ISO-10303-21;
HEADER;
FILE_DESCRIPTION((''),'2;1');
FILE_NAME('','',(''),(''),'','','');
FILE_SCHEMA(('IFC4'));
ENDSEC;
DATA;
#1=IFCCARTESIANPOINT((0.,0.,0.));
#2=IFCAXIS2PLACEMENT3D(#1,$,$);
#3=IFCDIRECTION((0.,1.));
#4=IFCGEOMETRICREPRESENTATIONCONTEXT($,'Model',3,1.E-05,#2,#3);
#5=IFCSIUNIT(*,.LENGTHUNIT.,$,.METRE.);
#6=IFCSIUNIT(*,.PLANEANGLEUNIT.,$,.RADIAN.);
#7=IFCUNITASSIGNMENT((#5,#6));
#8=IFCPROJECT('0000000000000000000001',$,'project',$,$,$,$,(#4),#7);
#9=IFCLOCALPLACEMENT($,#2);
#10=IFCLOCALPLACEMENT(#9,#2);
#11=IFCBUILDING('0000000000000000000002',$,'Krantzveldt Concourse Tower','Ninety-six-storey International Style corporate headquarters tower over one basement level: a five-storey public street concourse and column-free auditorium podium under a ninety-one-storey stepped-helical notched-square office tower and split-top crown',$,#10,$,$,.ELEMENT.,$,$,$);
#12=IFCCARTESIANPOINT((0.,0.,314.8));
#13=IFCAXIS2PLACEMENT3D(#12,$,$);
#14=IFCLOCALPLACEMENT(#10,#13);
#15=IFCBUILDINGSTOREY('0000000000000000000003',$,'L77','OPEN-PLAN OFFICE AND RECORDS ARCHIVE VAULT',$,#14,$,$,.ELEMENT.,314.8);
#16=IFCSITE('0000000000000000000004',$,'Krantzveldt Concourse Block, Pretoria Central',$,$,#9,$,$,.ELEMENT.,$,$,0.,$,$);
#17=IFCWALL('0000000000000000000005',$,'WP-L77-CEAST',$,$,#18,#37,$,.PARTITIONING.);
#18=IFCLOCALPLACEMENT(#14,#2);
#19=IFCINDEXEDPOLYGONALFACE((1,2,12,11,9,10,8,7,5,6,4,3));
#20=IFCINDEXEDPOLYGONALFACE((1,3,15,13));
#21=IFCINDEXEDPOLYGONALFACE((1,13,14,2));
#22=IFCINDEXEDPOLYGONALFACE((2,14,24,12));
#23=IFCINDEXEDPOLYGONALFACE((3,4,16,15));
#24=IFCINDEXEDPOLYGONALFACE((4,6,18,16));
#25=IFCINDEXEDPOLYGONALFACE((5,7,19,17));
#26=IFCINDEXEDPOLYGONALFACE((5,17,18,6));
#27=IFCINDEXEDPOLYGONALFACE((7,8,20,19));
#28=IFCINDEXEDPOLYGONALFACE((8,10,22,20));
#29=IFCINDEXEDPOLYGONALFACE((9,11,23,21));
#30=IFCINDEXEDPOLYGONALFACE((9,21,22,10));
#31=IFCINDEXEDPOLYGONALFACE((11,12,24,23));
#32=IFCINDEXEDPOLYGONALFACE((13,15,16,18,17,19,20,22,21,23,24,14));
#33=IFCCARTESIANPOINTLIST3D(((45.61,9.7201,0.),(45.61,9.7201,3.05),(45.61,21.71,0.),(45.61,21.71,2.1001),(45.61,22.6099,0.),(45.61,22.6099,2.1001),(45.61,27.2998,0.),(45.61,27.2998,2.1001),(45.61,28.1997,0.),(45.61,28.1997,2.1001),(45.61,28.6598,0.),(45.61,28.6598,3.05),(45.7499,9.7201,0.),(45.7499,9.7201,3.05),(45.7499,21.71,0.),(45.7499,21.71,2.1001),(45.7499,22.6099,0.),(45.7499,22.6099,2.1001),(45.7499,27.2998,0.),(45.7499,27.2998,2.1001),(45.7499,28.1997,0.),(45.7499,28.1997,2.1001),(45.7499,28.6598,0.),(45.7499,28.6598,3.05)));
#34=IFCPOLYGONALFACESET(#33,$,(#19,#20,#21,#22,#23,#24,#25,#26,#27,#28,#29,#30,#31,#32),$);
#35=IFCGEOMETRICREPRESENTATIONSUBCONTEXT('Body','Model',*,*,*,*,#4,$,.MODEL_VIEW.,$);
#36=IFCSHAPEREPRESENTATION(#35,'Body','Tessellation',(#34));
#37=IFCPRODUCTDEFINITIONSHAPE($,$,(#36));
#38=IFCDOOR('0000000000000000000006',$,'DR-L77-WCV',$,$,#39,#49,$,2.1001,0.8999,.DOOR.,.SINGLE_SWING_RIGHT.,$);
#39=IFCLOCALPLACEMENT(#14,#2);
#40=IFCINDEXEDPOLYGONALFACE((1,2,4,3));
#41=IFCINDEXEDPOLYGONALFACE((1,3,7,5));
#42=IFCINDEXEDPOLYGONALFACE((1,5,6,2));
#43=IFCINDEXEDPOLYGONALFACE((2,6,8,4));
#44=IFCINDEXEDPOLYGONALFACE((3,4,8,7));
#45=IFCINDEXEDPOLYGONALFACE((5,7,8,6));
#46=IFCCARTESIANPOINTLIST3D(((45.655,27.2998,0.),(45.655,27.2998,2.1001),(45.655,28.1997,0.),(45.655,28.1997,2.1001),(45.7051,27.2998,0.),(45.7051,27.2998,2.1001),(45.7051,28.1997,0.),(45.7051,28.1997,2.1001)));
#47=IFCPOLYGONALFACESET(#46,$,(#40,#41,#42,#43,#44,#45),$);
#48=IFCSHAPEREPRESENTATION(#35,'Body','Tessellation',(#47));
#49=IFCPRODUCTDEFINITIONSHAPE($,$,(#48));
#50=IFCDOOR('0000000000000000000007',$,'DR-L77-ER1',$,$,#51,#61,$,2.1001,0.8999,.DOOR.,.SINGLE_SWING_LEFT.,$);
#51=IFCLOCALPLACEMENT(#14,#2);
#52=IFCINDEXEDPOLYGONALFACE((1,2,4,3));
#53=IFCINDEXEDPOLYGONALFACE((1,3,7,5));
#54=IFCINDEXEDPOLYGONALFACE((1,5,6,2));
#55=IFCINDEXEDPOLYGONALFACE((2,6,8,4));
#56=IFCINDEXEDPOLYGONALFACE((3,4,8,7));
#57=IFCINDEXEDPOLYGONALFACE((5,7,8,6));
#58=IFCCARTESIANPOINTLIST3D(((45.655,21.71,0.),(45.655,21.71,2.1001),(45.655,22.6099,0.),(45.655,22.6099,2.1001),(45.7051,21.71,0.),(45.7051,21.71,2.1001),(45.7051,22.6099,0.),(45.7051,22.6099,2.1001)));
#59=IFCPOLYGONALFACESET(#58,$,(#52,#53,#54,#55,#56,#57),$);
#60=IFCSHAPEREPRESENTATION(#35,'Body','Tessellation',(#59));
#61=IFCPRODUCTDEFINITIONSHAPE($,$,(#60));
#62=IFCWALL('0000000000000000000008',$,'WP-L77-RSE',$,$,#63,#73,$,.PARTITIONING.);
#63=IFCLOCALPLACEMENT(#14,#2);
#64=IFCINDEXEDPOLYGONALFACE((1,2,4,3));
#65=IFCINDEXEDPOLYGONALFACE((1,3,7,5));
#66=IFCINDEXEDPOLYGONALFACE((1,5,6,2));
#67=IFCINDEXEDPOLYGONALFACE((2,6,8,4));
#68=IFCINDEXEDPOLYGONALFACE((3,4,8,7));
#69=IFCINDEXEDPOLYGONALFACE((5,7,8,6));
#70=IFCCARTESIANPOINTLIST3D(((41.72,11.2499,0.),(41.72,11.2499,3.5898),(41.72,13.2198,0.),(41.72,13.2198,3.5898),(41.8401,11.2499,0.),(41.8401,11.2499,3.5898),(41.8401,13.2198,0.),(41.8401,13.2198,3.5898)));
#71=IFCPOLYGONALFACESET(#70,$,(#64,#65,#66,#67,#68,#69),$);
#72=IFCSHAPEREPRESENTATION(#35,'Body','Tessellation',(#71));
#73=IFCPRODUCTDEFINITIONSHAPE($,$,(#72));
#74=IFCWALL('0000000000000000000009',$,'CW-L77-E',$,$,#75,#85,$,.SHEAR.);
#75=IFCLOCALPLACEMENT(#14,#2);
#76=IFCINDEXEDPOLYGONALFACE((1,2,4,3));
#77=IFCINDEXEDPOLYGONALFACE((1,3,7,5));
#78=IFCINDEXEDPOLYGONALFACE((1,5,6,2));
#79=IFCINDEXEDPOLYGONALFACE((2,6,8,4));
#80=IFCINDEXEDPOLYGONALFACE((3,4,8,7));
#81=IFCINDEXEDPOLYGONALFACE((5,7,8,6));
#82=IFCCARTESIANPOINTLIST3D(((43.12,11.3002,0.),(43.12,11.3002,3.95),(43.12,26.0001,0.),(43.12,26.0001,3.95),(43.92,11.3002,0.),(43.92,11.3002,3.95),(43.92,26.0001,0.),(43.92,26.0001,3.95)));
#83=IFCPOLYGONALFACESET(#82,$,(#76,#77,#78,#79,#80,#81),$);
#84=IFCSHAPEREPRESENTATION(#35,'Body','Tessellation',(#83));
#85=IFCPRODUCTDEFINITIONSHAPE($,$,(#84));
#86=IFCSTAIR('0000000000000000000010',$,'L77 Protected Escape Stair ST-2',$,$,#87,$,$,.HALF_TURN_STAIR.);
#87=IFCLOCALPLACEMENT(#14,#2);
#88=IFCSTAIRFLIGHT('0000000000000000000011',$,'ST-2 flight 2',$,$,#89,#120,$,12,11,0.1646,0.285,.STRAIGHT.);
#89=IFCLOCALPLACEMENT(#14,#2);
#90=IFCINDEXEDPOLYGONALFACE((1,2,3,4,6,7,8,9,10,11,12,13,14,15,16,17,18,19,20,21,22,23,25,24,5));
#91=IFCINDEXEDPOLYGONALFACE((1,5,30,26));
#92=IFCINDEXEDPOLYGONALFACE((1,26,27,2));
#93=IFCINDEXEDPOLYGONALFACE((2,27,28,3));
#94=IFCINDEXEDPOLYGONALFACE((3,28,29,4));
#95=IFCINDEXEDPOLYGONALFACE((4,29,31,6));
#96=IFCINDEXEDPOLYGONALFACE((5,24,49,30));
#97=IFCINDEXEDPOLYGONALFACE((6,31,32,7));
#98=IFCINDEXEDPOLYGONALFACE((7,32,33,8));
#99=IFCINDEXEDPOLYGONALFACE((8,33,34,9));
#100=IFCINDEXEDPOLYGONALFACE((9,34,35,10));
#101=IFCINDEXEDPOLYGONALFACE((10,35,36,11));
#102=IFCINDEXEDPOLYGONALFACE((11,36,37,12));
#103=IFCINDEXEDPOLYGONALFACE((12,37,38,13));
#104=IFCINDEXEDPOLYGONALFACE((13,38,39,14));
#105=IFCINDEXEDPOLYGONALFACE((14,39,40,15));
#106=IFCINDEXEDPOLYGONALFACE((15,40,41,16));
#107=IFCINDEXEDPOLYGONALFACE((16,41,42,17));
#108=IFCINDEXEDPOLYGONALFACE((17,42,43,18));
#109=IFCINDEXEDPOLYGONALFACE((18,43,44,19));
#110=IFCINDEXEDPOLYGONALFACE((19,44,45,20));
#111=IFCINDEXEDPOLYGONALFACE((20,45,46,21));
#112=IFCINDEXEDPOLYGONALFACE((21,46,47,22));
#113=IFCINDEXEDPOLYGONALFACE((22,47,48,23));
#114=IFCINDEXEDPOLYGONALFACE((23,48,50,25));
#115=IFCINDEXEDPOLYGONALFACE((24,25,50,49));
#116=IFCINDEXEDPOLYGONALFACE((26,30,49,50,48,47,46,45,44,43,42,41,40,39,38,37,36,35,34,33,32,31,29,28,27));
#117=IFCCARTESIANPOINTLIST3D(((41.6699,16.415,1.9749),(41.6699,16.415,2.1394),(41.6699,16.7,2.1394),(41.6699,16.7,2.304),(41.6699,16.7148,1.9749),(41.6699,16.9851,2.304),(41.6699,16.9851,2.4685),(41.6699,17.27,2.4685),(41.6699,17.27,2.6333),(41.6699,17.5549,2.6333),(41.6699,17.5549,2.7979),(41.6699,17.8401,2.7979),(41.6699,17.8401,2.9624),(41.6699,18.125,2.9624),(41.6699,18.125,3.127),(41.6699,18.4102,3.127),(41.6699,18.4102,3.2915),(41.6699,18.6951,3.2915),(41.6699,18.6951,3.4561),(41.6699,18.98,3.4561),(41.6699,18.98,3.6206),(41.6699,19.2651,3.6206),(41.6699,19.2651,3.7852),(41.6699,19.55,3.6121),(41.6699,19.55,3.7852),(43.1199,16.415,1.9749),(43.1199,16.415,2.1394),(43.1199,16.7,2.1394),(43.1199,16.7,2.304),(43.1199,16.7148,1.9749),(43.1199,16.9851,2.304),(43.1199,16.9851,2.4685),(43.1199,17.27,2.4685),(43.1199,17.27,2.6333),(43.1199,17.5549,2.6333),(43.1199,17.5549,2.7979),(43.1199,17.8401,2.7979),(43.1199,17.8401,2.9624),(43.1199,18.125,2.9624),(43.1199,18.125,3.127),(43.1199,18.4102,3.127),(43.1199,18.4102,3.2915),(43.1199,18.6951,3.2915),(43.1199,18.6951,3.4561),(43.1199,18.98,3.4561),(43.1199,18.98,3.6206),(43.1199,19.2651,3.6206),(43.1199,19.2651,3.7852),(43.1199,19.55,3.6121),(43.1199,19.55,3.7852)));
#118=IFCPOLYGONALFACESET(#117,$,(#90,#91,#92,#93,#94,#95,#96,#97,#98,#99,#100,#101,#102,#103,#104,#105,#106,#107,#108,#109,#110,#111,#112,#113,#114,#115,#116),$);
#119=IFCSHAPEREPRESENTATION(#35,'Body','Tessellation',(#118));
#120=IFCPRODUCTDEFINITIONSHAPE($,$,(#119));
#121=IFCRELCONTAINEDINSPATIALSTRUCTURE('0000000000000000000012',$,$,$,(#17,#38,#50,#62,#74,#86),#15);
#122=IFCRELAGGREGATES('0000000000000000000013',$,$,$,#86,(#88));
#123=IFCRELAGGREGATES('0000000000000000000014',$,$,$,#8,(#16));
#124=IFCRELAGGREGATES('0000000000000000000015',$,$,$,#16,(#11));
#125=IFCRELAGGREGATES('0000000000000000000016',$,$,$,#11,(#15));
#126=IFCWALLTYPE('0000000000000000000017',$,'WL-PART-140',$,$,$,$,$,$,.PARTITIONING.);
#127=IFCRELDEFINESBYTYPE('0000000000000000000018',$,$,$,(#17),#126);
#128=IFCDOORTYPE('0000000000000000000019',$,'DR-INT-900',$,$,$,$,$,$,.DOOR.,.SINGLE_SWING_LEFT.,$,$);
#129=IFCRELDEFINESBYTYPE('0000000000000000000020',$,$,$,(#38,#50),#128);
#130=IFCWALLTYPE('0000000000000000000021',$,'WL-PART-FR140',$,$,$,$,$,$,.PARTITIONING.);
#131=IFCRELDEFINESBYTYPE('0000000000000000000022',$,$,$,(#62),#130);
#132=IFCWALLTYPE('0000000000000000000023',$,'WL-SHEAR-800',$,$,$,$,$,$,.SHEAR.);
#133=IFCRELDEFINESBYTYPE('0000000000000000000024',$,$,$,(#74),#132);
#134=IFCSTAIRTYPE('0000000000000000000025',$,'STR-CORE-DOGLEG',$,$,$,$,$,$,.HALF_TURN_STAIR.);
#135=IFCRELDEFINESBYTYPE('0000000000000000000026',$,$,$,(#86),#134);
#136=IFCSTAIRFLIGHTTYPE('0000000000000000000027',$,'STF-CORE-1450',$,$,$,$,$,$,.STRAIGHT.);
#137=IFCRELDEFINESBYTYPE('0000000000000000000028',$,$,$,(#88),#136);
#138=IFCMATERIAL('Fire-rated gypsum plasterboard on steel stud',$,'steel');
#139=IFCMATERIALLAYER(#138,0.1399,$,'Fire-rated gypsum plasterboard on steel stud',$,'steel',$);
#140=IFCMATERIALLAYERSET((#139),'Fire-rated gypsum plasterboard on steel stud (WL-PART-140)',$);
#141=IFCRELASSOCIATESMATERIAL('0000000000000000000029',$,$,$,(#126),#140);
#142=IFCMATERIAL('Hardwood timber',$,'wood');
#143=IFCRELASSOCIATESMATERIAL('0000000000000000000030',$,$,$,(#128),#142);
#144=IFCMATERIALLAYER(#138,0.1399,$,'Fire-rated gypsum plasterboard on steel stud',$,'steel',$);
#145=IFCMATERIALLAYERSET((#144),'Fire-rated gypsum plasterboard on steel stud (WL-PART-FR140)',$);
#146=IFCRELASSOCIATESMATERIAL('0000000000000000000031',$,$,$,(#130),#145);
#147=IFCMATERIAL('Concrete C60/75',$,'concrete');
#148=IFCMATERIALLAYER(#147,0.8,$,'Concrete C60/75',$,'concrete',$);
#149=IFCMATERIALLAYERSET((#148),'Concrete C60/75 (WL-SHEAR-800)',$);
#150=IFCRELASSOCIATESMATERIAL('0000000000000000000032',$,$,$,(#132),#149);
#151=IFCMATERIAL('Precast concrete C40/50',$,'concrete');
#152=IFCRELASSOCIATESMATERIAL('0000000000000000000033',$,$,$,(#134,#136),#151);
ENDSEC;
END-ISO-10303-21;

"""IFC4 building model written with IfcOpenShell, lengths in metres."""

from ifc_helpers import new_model, si_unit, direction, frame, frame_2d, origin, place, context, subcontext, project, spatial, polyline, rectangle, outline, extrude, material, layer, layer_set, type_object, element, fill, aggregate, save


model = new_model("IFC4")

# Units and contexts
model_context = context("Model", 3, precision=1e-05, world=origin(), true_north=direction((0.0, 1.0)))
body_context = subcontext(model_context, "Body", "Model", "MODEL_VIEW")
ifc_project = project(units=[si_unit("LENGTHUNIT", "METRE"), si_unit("PLANEANGLEUNIT", "RADIAN")], contexts=[model_context])

# Site, building, storey
site_placement = place(None, origin())
site = spatial("IfcSite", under=ifc_project, at=site_placement, Name="Krantzveldt Concourse Block, Pretoria Central", CompositionType="ELEMENT", RefElevation=0.0)
building_placement = place(site_placement, origin())
building = spatial("IfcBuilding", under=site, at=building_placement, Name="Krantzveldt Concourse Tower", Description="Ninety-six-storey International Style corporate headquarters tower over one basement level: a five-storey public street concourse and column-free auditorium podium under a ninety-one-storey stepped-helical notched-square office tower and split-top crown", CompositionType="ELEMENT")
storey_placement = place(building_placement, frame((0.0, 0.0, 314.8)))
storey = spatial("IfcBuildingStorey", under=building, at=storey_placement, Name="L77", Description="OPEN-PLAN OFFICE AND RECORDS ARCHIVE VAULT", CompositionType="ELEMENT", Elevation=314.8)

# Wall, openings, doors
ifc_material_1 = material(Name="Fire-rated gypsum plasterboard on steel stud", Category="steel")
ifc_layer_1 = layer(ifc_material_1, 0.1399, Name="Fire-rated gypsum plasterboard on steel stud", Category="steel")
ifc_layer_set_1 = layer_set([ifc_layer_1], Name="Fire-rated gypsum plasterboard on steel stud (WL-PART-140)")
wall_type_1 = type_object("IfcWallType", Name="WL-PART-140", PredefinedType="PARTITIONING", material=ifc_layer_set_1)
wall_1_placement = place(storey_placement, frame((45.6799, 9.7202, 0.0), z_axis=(0.0, 0.0, 1.0), x_axis=(0.0, 1.0, 0.0)))
wall_1 = element("IfcWall", 1, at=wall_1_placement, inside=storey, type_object=wall_type_1, Name="WP-L77-CEAST", PredefinedType="PARTITIONING", context=body_context, shape_type="SweptSolid", body=[
    extrude(rectangle(XDim=18.9397, YDim=0.1399, at=frame_2d((9.4697, 0.0))), origin(), (0.0, 0.0, 1.0), 3.05),
])
opening_1_placement = place(wall_1_placement, frame((17.5796, 0.0, 0.0)))
opening_1 = element("IfcOpeningElement", 2, at=opening_1_placement, cuts=wall_1, PredefinedType="OPENING", context=body_context, shape_type="SweptSolid", body=[
    extrude(rectangle(XDim=0.8999, YDim=2.1001, at=frame_2d((0.45, 1.05))), frame((0.0, 0.0801, 0.0), z_axis=(0.0, -1.0, 0.0), x_axis=(1.0, 0.0, 0.0)), (0.0, 0.0, 1.0), 0.1599),
])
opening_2_placement = place(wall_1_placement, frame((11.9897, 0.0, 0.0)))
opening_2 = element("IfcOpeningElement", 3, at=opening_2_placement, cuts=wall_1, PredefinedType="OPENING", context=body_context, shape_type="SweptSolid", body=[
    extrude(rectangle(XDim=0.8999, YDim=2.1001, at=frame_2d((0.45, 1.05))), frame((0.0, 0.0801, 0.0), z_axis=(0.0, -1.0, 0.0), x_axis=(1.0, 0.0, 0.0)), (0.0, 0.0, 1.0), 0.1599),
])
ifc_material_2 = material(Name="Hardwood timber", Category="wood")
door_type = type_object("IfcDoorType", Name="DR-INT-900", OperationType="SINGLE_SWING_LEFT", PredefinedType="DOOR", material=ifc_material_2)
door_1_placement = place(opening_1_placement, origin())
door_1 = element("IfcDoor", 4, at=door_1_placement, inside=storey, type_object=door_type, Name="DR-L77-WCV", OperationType="SINGLE_SWING_RIGHT", OverallHeight=2.1001, OverallWidth=0.8999, PredefinedType="DOOR", context=body_context, shape_type="SweptSolid", body=[
    extrude(rectangle(XDim=0.8999, YDim=2.1001, at=frame_2d((0.45, 1.05))), frame((0.0, 0.0249, 0.0), z_axis=(0.0, -1.0, 0.0), x_axis=(1.0, 0.0, 0.0)), (0.0, 0.0, 1.0), 0.05),
])
fill(opening_1, door_1)
door_2_placement = place(opening_2_placement, origin())
door_2 = element("IfcDoor", 5, at=door_2_placement, inside=storey, type_object=door_type, Name="DR-L77-ER1", OperationType="SINGLE_SWING_LEFT", OverallHeight=2.1001, OverallWidth=0.8999, PredefinedType="DOOR", context=body_context, shape_type="SweptSolid", body=[
    extrude(rectangle(XDim=0.8999, YDim=2.1001, at=frame_2d((0.45, 1.05))), frame((0.0, 0.0249, 0.0), z_axis=(0.0, -1.0, 0.0), x_axis=(1.0, 0.0, 0.0)), (0.0, 0.0, 1.0), 0.05),
])
fill(opening_2, door_2)

# Walls
ifc_layer_2 = layer(ifc_material_1, 0.1399, Name="Fire-rated gypsum plasterboard on steel stud", Category="steel")
ifc_layer_set_2 = layer_set([ifc_layer_2], Name="Fire-rated gypsum plasterboard on steel stud (WL-PART-FR140)")
wall_type_2 = type_object("IfcWallType", Name="WL-PART-FR140", PredefinedType="PARTITIONING", material=ifc_layer_set_2)
wall_2_placement = place(storey_placement, frame((41.78, 11.25, 0.0), z_axis=(0.0, 0.0, 1.0), x_axis=(0.0, 1.0, 0.0)))
element("IfcWall", 6, at=wall_2_placement, inside=storey, type_object=wall_type_2, Name="WP-L77-RSE", PredefinedType="PARTITIONING", context=body_context, shape_type="SweptSolid", body=[
    extrude(rectangle(XDim=1.97, YDim=0.1201, at=frame_2d((0.9849, 0.0))), origin(), (0.0, 0.0, 1.0), 3.5898),
])
ifc_material_3 = material(Name="Concrete C60/75", Category="concrete")
ifc_layer_3 = layer(ifc_material_3, 0.8, Name="Concrete C60/75", Category="concrete")
ifc_layer_set_3 = layer_set([ifc_layer_3], Name="Concrete C60/75 (WL-SHEAR-800)")
wall_type_3 = type_object("IfcWallType", Name="WL-SHEAR-800", PredefinedType="SHEAR", material=ifc_layer_set_3)
wall_3_placement = place(storey_placement, frame((43.52, 11.3, 0.0), z_axis=(0.0, 0.0, 1.0), x_axis=(0.0, 1.0, 0.0)))
element("IfcWall", 7, at=wall_3_placement, inside=storey, type_object=wall_type_3, Name="CW-L77-E", PredefinedType="SHEAR", context=body_context, shape_type="SweptSolid", body=[
    extrude(rectangle(XDim=14.7, YDim=0.8, at=frame_2d((7.3501, 0.0))), origin(), (0.0, 0.0, 1.0), 3.95),
])

# Stair, stair flight
ifc_material_4 = material(Name="Precast concrete C40/50", Category="concrete")
stair_type = type_object("IfcStairType", Name="STR-CORE-DOGLEG", PredefinedType="HALF_TURN_STAIR", material=ifc_material_4)
stair_placement = place(storey_placement, origin())
stair = element("IfcStair", 8, at=stair_placement, inside=storey, type_object=stair_type, Name="L77 Protected Escape Stair ST-2", PredefinedType="HALF_TURN_STAIR")
stair_flight_type = type_object("IfcStairFlightType", Name="STF-CORE-1450", PredefinedType="STRAIGHT", material=ifc_material_4)
stair_flight_placement = place(storey_placement, frame((42.395, 16.415, 1.9749), z_axis=(0.0, 0.0, 1.0), x_axis=(0.0, 1.0, 0.0)))
stair_flight = element("IfcStairFlight", 9, at=stair_flight_placement, type_object=stair_flight_type, Name="ST-2 flight 2", NumberOfRisers=12, NumberOfTreads=11, PredefinedType="STRAIGHT", RiserHeight=0.1646, TreadLength=0.285, context=body_context, shape_type="SweptSolid", body=[
    extrude(outline(polyline([(0.0, 0.0), (0.0, 0.1646), (0.2849, 0.1646), (0.2849, 0.3291), (0.5701, 0.3291), (0.5701, 0.4937), (0.855, 0.4937), (0.855, 0.6584), (1.1399, 0.6584), (1.1399, 0.823), (1.425, 0.823), (1.425, 0.9875), (1.71, 0.9875), (1.71, 1.1521), (1.9951, 1.1521), (1.9951, 1.3167), (2.28, 1.3167), (2.28, 1.4812), (2.5649, 1.4812), (2.5649, 1.6458), (2.8501, 1.6458), (2.8501, 1.8103), (3.135, 1.8103), (3.135, 1.9751), (3.135, 1.6372), (0.2998, 0.0), (0.0, 0.0)])), frame((0.0, 0.7251, 0.0), z_axis=(0.0, -1.0, 0.0), x_axis=(1.0, 0.0, 0.0)), (0.0, 0.0, 1.0), 1.45),
])
aggregate(stair, [stair_flight])

save(model, "model.ifc")
